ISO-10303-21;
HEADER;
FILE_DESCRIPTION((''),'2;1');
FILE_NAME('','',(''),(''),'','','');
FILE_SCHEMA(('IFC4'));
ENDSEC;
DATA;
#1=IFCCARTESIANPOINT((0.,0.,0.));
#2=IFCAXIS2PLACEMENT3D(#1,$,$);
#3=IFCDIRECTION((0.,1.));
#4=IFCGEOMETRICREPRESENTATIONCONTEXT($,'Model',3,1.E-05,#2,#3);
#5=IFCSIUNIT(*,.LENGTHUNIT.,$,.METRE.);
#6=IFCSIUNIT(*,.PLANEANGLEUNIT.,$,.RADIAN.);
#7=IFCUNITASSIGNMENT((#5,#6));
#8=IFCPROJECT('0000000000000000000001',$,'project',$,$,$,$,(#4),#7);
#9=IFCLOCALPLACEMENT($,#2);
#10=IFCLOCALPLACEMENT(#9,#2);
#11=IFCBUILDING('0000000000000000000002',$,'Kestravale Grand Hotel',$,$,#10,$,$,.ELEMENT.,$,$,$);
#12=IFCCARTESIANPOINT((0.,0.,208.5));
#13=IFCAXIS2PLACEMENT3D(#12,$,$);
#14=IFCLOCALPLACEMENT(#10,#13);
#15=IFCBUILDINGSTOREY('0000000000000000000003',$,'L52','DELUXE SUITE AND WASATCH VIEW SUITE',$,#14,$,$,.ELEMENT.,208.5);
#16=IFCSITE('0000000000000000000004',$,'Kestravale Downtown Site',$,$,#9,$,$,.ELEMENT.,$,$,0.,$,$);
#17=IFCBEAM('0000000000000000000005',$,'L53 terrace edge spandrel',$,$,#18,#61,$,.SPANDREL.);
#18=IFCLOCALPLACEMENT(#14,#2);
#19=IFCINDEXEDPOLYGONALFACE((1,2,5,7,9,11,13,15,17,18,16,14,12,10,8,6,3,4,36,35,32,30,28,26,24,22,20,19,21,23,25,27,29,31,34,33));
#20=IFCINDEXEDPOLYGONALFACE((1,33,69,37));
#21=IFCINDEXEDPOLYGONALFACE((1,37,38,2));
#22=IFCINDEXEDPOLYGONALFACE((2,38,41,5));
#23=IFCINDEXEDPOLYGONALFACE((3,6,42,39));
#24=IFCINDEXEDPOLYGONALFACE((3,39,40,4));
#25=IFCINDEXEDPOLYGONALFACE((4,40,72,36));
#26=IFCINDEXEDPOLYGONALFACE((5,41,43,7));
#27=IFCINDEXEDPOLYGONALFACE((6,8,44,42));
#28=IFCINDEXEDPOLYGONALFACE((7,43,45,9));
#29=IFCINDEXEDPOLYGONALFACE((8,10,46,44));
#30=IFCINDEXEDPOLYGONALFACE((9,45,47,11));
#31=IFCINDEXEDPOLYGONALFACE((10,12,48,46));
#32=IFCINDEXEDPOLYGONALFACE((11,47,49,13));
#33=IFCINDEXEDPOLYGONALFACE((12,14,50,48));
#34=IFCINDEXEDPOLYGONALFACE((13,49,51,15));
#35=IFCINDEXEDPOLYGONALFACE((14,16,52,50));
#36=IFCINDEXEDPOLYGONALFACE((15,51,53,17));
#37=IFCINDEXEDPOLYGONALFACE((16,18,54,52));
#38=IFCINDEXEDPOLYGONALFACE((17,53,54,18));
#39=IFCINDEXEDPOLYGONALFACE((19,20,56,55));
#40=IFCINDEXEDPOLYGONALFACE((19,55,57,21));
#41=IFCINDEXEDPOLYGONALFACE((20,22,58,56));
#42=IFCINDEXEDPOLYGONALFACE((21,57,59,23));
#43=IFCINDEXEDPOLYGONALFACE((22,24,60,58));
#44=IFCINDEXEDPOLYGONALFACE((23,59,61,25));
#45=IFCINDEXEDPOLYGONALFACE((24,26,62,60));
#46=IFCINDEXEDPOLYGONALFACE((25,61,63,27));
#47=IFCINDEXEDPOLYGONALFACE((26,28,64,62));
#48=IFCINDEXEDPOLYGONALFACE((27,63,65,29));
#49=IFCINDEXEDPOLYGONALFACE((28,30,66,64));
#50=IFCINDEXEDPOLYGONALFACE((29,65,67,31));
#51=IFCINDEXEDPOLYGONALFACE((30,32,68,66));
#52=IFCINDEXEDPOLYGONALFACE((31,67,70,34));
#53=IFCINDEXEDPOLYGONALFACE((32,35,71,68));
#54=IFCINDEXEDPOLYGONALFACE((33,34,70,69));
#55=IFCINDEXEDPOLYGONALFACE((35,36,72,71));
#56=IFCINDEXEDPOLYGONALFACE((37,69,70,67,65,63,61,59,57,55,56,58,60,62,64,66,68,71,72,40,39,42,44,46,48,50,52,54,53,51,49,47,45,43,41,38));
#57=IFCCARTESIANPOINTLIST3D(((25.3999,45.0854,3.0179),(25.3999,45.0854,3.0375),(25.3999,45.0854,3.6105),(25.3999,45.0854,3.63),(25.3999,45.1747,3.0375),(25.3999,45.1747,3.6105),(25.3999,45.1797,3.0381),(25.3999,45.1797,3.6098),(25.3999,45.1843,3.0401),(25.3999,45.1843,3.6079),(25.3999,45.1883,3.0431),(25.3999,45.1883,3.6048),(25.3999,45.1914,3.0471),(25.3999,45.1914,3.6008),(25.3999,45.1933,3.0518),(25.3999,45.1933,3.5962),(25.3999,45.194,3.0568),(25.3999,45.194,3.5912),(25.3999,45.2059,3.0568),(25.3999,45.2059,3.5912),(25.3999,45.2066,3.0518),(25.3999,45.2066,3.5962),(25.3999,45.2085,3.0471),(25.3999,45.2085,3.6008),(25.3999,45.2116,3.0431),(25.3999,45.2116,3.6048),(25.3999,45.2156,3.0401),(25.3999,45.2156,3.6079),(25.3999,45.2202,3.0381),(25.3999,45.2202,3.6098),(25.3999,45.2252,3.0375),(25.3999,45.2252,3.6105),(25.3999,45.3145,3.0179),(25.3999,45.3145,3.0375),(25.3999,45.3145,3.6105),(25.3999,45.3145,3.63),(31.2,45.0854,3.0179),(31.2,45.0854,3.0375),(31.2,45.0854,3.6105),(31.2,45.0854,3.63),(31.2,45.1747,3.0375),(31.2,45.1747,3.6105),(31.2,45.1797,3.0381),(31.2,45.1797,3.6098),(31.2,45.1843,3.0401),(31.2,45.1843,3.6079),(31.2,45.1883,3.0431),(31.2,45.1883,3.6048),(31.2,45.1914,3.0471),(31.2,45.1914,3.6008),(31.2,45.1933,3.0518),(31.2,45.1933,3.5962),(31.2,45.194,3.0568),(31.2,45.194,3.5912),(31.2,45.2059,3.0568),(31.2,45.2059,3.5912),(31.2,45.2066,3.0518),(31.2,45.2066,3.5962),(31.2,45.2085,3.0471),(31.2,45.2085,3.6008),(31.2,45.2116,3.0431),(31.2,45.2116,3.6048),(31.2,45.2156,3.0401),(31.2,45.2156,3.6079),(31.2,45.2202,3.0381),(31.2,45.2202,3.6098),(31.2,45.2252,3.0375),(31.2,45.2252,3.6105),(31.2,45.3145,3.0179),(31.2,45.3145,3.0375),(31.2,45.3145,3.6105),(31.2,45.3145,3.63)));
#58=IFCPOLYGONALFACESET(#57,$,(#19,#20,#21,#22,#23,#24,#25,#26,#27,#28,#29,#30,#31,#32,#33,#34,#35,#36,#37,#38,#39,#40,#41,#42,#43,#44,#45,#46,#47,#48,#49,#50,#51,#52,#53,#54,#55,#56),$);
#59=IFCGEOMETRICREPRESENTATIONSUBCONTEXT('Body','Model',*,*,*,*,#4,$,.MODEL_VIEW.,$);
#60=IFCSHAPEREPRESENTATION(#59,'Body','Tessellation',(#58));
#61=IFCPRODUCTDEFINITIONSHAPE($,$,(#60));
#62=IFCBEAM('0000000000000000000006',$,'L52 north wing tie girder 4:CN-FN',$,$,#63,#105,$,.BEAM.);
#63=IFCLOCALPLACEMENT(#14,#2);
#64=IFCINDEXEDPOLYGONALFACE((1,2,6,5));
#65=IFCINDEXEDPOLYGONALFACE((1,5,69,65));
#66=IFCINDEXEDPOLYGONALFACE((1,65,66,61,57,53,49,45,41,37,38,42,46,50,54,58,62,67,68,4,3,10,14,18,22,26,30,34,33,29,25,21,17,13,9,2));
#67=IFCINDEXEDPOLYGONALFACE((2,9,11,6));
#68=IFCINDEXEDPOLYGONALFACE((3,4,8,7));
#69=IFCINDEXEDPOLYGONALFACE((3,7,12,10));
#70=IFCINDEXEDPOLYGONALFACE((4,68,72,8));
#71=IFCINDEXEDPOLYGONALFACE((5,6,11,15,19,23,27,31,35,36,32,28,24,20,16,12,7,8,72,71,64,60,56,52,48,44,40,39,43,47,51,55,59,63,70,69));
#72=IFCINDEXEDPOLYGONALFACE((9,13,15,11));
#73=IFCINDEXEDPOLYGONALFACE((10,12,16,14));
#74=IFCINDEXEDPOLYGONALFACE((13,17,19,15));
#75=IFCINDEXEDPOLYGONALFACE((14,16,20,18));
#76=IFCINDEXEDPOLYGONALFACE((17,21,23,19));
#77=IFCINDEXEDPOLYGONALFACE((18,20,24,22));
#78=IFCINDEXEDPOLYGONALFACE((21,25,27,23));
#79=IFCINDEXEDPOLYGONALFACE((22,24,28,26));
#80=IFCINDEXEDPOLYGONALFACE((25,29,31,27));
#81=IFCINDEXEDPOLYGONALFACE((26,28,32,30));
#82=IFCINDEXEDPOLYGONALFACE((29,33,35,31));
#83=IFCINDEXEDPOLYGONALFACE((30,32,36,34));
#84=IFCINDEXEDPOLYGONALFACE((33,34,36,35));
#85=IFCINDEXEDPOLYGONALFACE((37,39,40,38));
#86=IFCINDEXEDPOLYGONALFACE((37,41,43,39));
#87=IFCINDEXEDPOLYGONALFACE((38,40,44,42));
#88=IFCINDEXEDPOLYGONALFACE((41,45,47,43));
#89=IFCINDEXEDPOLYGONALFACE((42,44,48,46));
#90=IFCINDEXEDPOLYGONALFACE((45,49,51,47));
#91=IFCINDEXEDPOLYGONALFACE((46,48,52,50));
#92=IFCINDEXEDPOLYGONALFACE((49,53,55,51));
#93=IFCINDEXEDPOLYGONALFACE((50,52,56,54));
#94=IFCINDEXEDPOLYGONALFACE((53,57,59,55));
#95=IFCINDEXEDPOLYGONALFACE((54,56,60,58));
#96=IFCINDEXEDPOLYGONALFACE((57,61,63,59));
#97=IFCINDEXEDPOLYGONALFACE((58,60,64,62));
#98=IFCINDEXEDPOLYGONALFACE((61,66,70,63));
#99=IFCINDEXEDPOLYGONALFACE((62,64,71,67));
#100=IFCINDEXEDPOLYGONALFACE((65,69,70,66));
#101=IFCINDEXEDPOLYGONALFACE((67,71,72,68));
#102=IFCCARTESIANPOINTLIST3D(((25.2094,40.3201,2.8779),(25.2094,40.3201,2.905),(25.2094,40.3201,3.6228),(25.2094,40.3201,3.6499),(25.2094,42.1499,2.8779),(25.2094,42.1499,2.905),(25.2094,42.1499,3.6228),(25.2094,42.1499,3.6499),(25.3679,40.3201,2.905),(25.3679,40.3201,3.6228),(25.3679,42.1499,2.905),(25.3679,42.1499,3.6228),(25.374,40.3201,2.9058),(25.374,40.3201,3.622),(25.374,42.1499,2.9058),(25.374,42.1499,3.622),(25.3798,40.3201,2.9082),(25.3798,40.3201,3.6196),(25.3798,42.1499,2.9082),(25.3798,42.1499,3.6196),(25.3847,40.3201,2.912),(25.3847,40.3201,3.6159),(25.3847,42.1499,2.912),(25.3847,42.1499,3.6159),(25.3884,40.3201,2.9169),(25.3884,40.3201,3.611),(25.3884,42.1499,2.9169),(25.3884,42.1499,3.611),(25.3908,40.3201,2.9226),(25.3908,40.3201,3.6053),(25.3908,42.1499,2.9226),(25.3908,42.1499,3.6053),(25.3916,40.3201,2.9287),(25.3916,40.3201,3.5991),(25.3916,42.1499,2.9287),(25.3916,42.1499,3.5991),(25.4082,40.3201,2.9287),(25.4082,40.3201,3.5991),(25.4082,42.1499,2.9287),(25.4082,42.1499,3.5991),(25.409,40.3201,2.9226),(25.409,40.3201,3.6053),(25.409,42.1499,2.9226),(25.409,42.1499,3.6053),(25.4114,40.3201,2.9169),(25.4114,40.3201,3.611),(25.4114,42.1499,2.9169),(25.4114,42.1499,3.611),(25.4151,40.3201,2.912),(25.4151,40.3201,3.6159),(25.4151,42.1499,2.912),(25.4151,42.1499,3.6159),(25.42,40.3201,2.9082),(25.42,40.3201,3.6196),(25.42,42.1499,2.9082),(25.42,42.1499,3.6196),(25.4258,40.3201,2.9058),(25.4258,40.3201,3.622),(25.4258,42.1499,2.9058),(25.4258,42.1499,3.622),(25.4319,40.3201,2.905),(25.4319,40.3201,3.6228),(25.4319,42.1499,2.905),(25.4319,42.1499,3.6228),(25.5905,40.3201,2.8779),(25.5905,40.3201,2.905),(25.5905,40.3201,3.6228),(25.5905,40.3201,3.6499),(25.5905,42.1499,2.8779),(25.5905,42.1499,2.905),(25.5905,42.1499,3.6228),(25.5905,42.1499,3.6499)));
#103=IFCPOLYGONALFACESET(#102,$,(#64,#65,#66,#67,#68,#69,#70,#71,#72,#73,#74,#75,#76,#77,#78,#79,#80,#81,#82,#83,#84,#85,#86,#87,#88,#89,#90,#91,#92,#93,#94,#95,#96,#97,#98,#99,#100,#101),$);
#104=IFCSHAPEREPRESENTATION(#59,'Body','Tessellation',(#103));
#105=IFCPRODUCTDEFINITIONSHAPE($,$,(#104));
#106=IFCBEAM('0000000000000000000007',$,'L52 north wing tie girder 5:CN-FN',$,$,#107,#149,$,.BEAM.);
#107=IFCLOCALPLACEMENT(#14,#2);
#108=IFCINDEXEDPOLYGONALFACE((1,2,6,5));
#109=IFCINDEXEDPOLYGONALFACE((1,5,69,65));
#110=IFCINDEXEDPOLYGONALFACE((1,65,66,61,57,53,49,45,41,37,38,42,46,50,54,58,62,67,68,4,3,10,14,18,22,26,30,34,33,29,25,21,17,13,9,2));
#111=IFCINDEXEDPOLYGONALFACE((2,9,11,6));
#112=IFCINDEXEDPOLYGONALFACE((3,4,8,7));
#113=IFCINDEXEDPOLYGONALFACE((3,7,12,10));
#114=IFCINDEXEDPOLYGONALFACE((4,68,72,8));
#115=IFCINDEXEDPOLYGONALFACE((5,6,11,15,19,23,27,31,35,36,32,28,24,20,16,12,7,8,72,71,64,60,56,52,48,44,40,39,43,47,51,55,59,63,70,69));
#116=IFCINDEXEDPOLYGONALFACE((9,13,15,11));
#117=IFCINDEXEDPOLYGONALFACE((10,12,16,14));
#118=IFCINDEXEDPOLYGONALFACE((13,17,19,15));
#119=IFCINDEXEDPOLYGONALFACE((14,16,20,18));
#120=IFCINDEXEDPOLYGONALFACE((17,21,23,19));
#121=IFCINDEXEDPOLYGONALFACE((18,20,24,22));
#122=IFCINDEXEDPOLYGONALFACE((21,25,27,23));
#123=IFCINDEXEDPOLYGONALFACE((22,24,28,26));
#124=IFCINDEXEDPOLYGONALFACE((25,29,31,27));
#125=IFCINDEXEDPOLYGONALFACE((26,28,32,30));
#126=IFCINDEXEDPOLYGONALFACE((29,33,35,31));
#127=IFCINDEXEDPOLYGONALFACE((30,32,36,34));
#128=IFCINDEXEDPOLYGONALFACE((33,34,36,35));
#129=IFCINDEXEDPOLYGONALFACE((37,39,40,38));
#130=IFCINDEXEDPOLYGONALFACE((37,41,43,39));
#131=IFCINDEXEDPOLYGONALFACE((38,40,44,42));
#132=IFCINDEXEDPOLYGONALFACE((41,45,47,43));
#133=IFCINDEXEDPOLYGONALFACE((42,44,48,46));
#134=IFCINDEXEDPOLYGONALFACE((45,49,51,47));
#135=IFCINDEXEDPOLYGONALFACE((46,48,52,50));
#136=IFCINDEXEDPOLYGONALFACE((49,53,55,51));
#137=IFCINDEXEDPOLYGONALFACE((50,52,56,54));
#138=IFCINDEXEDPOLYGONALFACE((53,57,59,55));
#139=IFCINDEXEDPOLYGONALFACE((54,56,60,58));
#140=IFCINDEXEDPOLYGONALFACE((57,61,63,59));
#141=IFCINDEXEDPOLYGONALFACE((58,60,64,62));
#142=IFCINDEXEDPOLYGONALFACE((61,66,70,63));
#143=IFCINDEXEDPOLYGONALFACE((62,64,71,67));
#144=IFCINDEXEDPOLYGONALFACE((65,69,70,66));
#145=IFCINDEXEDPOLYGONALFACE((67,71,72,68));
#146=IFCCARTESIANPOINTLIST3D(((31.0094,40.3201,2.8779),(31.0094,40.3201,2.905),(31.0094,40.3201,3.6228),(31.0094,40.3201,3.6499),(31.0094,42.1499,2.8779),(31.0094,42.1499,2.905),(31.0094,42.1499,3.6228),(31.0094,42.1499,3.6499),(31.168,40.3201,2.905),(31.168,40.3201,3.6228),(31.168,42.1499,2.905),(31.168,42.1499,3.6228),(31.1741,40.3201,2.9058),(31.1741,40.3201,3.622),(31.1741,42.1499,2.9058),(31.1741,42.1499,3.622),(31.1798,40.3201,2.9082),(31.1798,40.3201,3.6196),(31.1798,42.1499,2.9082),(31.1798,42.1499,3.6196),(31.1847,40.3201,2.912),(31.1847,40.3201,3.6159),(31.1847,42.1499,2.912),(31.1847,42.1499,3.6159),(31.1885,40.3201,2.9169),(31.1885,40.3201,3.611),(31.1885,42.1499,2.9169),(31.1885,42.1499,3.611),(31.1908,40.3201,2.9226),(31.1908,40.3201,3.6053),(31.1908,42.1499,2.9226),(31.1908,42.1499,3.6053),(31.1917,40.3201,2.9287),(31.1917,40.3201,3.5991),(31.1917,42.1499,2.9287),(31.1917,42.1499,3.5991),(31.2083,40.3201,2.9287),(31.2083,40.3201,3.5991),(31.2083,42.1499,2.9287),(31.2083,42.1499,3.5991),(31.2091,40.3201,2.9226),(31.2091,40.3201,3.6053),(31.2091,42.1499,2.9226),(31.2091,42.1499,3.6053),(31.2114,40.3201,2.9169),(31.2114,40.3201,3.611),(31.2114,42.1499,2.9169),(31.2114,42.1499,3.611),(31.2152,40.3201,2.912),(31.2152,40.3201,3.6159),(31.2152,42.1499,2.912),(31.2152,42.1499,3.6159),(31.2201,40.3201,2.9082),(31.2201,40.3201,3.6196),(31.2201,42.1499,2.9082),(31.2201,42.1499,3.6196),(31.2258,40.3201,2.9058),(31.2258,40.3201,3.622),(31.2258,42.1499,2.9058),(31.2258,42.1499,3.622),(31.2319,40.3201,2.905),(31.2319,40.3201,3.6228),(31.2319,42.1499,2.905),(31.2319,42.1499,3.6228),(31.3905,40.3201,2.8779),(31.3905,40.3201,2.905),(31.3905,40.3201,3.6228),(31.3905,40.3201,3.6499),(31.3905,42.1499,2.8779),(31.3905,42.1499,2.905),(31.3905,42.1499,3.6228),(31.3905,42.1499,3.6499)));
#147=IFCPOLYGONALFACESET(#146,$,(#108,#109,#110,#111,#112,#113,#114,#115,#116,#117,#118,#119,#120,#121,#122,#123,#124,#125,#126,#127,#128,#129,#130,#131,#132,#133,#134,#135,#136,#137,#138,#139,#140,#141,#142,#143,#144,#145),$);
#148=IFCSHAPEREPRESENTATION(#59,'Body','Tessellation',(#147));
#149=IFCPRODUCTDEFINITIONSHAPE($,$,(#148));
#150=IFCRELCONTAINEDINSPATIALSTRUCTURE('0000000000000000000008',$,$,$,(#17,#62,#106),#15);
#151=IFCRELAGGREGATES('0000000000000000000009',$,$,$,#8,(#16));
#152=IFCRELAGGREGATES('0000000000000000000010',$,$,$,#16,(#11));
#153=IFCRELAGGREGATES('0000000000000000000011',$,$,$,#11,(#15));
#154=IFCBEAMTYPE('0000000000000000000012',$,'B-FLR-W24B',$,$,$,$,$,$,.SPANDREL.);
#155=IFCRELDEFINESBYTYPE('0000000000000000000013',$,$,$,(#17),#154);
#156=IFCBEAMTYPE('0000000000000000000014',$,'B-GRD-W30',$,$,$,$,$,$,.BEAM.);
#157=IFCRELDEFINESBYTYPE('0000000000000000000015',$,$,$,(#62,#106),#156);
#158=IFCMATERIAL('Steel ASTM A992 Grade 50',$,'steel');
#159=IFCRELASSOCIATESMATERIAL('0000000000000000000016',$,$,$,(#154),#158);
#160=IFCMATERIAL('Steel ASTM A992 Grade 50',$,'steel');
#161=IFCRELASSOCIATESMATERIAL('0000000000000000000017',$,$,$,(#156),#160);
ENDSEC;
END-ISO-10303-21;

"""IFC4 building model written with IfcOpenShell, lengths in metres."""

from ifc_helpers import new_model, si_unit, direction, frame, origin, origin_2d, place, context, subcontext, project, spatial, i_section, extrude, material, material_profile, profile_set, type_object, element, save


model = new_model("IFC4")

# Units and contexts
model_context = context("Model", 3, precision=1e-05, world=origin(), true_north=direction((0.0, 1.0)))
body_context = subcontext(model_context, "Body", "Model", "MODEL_VIEW")
ifc_project = project(units=[si_unit("LENGTHUNIT", "METRE"), si_unit("PLANEANGLEUNIT", "RADIAN")], contexts=[model_context])

# Site, building, storey
site_placement = place(None, origin())
site = spatial("IfcSite", under=ifc_project, at=site_placement, Name="Kestravale Downtown Site", CompositionType="ELEMENT", RefElevation=0.0)
building_placement = place(site_placement, origin())
building = spatial("IfcBuilding", under=site, at=building_placement, Name="Kestravale Grand Hotel", CompositionType="ELEMENT")
storey_placement = place(building_placement, frame((0.0, 0.0, 208.5)))
storey = spatial("IfcBuildingStorey", under=building, at=storey_placement, Name="L52", Description="DELUXE SUITE AND WASATCH VIEW SUITE", CompositionType="ELEMENT", Elevation=208.5)

# Beams
ifc_material_1 = material(Name="Steel ASTM A992 Grade 50", Category="steel")
ifc_material_profile_1 = material_profile(ifc_material_1, i_section(OverallWidth=0.229, OverallDepth=0.6121, WebThickness=0.012, FlangeThickness=0.0195, FilletRadius=0.0193, at=origin_2d()))
ifc_profile_set_1 = profile_set([ifc_material_profile_1], Name="Steel ASTM A992 Grade 50")
beam_type_1 = type_object("IfcBeamType", Name="B-FLR-W24B", PredefinedType="SPANDREL", material=ifc_profile_set_1)
beam_1_placement = place(storey_placement, frame((25.3999, 45.2, 3.324), z_axis=(1.0, 0.0, 0.0), x_axis=(0.0, 1.0, 0.0)))
element("IfcBeam", 1, at=beam_1_placement, inside=storey, type_object=beam_type_1, Name="L53 terrace edge spandrel", PredefinedType="SPANDREL", context=body_context, shape_type="SweptSolid", body=[
    extrude(i_section(OverallWidth=0.229, OverallDepth=0.6121, WebThickness=0.012, FlangeThickness=0.0195, FilletRadius=0.0193, at=origin_2d()), origin(), (0.0, 0.0, 1.0), 5.8),
])
ifc_material_2 = material(Name="Steel ASTM A992 Grade 50", Category="steel")
ifc_material_profile_2 = material_profile(ifc_material_2, i_section(OverallWidth=0.3811, OverallDepth=0.772, WebThickness=0.0166, FlangeThickness=0.0271, FilletRadius=0.0237, at=origin_2d()))
ifc_profile_set_2 = profile_set([ifc_material_profile_2], Name="Steel ASTM A992 Grade 50")
beam_type_2 = type_object("IfcBeamType", Name="B-GRD-W30", PredefinedType="BEAM", material=ifc_profile_set_2)
for number, where, z_axis, x_axis, name in (
    (2, (25.3999, 40.3201, 3.2639), (0.0, 1.0, 0.0), (-1.0, 0.0, 0.0), "L52 north wing tie girder 4:CN-FN"),
    (3, (31.2, 40.3201, 3.2639), (0.0, 1.0, 0.0), (-1.0, 0.0, 0.0), "L52 north wing tie girder 5:CN-FN"),
):
    element("IfcBeam", number, at=place(storey_placement, frame(where, z_axis=z_axis, x_axis=x_axis)), inside=storey, type_object=beam_type_2, Name=name, PredefinedType="BEAM", context=body_context, shape_type="SweptSolid", body=[
        extrude(i_section(OverallWidth=0.3811, OverallDepth=0.772, WebThickness=0.0166, FlangeThickness=0.0271, FilletRadius=0.0237, at=origin_2d()), origin(), (0.0, 0.0, 1.0), 1.8298),
    ])

save(model, "model.ifc")
